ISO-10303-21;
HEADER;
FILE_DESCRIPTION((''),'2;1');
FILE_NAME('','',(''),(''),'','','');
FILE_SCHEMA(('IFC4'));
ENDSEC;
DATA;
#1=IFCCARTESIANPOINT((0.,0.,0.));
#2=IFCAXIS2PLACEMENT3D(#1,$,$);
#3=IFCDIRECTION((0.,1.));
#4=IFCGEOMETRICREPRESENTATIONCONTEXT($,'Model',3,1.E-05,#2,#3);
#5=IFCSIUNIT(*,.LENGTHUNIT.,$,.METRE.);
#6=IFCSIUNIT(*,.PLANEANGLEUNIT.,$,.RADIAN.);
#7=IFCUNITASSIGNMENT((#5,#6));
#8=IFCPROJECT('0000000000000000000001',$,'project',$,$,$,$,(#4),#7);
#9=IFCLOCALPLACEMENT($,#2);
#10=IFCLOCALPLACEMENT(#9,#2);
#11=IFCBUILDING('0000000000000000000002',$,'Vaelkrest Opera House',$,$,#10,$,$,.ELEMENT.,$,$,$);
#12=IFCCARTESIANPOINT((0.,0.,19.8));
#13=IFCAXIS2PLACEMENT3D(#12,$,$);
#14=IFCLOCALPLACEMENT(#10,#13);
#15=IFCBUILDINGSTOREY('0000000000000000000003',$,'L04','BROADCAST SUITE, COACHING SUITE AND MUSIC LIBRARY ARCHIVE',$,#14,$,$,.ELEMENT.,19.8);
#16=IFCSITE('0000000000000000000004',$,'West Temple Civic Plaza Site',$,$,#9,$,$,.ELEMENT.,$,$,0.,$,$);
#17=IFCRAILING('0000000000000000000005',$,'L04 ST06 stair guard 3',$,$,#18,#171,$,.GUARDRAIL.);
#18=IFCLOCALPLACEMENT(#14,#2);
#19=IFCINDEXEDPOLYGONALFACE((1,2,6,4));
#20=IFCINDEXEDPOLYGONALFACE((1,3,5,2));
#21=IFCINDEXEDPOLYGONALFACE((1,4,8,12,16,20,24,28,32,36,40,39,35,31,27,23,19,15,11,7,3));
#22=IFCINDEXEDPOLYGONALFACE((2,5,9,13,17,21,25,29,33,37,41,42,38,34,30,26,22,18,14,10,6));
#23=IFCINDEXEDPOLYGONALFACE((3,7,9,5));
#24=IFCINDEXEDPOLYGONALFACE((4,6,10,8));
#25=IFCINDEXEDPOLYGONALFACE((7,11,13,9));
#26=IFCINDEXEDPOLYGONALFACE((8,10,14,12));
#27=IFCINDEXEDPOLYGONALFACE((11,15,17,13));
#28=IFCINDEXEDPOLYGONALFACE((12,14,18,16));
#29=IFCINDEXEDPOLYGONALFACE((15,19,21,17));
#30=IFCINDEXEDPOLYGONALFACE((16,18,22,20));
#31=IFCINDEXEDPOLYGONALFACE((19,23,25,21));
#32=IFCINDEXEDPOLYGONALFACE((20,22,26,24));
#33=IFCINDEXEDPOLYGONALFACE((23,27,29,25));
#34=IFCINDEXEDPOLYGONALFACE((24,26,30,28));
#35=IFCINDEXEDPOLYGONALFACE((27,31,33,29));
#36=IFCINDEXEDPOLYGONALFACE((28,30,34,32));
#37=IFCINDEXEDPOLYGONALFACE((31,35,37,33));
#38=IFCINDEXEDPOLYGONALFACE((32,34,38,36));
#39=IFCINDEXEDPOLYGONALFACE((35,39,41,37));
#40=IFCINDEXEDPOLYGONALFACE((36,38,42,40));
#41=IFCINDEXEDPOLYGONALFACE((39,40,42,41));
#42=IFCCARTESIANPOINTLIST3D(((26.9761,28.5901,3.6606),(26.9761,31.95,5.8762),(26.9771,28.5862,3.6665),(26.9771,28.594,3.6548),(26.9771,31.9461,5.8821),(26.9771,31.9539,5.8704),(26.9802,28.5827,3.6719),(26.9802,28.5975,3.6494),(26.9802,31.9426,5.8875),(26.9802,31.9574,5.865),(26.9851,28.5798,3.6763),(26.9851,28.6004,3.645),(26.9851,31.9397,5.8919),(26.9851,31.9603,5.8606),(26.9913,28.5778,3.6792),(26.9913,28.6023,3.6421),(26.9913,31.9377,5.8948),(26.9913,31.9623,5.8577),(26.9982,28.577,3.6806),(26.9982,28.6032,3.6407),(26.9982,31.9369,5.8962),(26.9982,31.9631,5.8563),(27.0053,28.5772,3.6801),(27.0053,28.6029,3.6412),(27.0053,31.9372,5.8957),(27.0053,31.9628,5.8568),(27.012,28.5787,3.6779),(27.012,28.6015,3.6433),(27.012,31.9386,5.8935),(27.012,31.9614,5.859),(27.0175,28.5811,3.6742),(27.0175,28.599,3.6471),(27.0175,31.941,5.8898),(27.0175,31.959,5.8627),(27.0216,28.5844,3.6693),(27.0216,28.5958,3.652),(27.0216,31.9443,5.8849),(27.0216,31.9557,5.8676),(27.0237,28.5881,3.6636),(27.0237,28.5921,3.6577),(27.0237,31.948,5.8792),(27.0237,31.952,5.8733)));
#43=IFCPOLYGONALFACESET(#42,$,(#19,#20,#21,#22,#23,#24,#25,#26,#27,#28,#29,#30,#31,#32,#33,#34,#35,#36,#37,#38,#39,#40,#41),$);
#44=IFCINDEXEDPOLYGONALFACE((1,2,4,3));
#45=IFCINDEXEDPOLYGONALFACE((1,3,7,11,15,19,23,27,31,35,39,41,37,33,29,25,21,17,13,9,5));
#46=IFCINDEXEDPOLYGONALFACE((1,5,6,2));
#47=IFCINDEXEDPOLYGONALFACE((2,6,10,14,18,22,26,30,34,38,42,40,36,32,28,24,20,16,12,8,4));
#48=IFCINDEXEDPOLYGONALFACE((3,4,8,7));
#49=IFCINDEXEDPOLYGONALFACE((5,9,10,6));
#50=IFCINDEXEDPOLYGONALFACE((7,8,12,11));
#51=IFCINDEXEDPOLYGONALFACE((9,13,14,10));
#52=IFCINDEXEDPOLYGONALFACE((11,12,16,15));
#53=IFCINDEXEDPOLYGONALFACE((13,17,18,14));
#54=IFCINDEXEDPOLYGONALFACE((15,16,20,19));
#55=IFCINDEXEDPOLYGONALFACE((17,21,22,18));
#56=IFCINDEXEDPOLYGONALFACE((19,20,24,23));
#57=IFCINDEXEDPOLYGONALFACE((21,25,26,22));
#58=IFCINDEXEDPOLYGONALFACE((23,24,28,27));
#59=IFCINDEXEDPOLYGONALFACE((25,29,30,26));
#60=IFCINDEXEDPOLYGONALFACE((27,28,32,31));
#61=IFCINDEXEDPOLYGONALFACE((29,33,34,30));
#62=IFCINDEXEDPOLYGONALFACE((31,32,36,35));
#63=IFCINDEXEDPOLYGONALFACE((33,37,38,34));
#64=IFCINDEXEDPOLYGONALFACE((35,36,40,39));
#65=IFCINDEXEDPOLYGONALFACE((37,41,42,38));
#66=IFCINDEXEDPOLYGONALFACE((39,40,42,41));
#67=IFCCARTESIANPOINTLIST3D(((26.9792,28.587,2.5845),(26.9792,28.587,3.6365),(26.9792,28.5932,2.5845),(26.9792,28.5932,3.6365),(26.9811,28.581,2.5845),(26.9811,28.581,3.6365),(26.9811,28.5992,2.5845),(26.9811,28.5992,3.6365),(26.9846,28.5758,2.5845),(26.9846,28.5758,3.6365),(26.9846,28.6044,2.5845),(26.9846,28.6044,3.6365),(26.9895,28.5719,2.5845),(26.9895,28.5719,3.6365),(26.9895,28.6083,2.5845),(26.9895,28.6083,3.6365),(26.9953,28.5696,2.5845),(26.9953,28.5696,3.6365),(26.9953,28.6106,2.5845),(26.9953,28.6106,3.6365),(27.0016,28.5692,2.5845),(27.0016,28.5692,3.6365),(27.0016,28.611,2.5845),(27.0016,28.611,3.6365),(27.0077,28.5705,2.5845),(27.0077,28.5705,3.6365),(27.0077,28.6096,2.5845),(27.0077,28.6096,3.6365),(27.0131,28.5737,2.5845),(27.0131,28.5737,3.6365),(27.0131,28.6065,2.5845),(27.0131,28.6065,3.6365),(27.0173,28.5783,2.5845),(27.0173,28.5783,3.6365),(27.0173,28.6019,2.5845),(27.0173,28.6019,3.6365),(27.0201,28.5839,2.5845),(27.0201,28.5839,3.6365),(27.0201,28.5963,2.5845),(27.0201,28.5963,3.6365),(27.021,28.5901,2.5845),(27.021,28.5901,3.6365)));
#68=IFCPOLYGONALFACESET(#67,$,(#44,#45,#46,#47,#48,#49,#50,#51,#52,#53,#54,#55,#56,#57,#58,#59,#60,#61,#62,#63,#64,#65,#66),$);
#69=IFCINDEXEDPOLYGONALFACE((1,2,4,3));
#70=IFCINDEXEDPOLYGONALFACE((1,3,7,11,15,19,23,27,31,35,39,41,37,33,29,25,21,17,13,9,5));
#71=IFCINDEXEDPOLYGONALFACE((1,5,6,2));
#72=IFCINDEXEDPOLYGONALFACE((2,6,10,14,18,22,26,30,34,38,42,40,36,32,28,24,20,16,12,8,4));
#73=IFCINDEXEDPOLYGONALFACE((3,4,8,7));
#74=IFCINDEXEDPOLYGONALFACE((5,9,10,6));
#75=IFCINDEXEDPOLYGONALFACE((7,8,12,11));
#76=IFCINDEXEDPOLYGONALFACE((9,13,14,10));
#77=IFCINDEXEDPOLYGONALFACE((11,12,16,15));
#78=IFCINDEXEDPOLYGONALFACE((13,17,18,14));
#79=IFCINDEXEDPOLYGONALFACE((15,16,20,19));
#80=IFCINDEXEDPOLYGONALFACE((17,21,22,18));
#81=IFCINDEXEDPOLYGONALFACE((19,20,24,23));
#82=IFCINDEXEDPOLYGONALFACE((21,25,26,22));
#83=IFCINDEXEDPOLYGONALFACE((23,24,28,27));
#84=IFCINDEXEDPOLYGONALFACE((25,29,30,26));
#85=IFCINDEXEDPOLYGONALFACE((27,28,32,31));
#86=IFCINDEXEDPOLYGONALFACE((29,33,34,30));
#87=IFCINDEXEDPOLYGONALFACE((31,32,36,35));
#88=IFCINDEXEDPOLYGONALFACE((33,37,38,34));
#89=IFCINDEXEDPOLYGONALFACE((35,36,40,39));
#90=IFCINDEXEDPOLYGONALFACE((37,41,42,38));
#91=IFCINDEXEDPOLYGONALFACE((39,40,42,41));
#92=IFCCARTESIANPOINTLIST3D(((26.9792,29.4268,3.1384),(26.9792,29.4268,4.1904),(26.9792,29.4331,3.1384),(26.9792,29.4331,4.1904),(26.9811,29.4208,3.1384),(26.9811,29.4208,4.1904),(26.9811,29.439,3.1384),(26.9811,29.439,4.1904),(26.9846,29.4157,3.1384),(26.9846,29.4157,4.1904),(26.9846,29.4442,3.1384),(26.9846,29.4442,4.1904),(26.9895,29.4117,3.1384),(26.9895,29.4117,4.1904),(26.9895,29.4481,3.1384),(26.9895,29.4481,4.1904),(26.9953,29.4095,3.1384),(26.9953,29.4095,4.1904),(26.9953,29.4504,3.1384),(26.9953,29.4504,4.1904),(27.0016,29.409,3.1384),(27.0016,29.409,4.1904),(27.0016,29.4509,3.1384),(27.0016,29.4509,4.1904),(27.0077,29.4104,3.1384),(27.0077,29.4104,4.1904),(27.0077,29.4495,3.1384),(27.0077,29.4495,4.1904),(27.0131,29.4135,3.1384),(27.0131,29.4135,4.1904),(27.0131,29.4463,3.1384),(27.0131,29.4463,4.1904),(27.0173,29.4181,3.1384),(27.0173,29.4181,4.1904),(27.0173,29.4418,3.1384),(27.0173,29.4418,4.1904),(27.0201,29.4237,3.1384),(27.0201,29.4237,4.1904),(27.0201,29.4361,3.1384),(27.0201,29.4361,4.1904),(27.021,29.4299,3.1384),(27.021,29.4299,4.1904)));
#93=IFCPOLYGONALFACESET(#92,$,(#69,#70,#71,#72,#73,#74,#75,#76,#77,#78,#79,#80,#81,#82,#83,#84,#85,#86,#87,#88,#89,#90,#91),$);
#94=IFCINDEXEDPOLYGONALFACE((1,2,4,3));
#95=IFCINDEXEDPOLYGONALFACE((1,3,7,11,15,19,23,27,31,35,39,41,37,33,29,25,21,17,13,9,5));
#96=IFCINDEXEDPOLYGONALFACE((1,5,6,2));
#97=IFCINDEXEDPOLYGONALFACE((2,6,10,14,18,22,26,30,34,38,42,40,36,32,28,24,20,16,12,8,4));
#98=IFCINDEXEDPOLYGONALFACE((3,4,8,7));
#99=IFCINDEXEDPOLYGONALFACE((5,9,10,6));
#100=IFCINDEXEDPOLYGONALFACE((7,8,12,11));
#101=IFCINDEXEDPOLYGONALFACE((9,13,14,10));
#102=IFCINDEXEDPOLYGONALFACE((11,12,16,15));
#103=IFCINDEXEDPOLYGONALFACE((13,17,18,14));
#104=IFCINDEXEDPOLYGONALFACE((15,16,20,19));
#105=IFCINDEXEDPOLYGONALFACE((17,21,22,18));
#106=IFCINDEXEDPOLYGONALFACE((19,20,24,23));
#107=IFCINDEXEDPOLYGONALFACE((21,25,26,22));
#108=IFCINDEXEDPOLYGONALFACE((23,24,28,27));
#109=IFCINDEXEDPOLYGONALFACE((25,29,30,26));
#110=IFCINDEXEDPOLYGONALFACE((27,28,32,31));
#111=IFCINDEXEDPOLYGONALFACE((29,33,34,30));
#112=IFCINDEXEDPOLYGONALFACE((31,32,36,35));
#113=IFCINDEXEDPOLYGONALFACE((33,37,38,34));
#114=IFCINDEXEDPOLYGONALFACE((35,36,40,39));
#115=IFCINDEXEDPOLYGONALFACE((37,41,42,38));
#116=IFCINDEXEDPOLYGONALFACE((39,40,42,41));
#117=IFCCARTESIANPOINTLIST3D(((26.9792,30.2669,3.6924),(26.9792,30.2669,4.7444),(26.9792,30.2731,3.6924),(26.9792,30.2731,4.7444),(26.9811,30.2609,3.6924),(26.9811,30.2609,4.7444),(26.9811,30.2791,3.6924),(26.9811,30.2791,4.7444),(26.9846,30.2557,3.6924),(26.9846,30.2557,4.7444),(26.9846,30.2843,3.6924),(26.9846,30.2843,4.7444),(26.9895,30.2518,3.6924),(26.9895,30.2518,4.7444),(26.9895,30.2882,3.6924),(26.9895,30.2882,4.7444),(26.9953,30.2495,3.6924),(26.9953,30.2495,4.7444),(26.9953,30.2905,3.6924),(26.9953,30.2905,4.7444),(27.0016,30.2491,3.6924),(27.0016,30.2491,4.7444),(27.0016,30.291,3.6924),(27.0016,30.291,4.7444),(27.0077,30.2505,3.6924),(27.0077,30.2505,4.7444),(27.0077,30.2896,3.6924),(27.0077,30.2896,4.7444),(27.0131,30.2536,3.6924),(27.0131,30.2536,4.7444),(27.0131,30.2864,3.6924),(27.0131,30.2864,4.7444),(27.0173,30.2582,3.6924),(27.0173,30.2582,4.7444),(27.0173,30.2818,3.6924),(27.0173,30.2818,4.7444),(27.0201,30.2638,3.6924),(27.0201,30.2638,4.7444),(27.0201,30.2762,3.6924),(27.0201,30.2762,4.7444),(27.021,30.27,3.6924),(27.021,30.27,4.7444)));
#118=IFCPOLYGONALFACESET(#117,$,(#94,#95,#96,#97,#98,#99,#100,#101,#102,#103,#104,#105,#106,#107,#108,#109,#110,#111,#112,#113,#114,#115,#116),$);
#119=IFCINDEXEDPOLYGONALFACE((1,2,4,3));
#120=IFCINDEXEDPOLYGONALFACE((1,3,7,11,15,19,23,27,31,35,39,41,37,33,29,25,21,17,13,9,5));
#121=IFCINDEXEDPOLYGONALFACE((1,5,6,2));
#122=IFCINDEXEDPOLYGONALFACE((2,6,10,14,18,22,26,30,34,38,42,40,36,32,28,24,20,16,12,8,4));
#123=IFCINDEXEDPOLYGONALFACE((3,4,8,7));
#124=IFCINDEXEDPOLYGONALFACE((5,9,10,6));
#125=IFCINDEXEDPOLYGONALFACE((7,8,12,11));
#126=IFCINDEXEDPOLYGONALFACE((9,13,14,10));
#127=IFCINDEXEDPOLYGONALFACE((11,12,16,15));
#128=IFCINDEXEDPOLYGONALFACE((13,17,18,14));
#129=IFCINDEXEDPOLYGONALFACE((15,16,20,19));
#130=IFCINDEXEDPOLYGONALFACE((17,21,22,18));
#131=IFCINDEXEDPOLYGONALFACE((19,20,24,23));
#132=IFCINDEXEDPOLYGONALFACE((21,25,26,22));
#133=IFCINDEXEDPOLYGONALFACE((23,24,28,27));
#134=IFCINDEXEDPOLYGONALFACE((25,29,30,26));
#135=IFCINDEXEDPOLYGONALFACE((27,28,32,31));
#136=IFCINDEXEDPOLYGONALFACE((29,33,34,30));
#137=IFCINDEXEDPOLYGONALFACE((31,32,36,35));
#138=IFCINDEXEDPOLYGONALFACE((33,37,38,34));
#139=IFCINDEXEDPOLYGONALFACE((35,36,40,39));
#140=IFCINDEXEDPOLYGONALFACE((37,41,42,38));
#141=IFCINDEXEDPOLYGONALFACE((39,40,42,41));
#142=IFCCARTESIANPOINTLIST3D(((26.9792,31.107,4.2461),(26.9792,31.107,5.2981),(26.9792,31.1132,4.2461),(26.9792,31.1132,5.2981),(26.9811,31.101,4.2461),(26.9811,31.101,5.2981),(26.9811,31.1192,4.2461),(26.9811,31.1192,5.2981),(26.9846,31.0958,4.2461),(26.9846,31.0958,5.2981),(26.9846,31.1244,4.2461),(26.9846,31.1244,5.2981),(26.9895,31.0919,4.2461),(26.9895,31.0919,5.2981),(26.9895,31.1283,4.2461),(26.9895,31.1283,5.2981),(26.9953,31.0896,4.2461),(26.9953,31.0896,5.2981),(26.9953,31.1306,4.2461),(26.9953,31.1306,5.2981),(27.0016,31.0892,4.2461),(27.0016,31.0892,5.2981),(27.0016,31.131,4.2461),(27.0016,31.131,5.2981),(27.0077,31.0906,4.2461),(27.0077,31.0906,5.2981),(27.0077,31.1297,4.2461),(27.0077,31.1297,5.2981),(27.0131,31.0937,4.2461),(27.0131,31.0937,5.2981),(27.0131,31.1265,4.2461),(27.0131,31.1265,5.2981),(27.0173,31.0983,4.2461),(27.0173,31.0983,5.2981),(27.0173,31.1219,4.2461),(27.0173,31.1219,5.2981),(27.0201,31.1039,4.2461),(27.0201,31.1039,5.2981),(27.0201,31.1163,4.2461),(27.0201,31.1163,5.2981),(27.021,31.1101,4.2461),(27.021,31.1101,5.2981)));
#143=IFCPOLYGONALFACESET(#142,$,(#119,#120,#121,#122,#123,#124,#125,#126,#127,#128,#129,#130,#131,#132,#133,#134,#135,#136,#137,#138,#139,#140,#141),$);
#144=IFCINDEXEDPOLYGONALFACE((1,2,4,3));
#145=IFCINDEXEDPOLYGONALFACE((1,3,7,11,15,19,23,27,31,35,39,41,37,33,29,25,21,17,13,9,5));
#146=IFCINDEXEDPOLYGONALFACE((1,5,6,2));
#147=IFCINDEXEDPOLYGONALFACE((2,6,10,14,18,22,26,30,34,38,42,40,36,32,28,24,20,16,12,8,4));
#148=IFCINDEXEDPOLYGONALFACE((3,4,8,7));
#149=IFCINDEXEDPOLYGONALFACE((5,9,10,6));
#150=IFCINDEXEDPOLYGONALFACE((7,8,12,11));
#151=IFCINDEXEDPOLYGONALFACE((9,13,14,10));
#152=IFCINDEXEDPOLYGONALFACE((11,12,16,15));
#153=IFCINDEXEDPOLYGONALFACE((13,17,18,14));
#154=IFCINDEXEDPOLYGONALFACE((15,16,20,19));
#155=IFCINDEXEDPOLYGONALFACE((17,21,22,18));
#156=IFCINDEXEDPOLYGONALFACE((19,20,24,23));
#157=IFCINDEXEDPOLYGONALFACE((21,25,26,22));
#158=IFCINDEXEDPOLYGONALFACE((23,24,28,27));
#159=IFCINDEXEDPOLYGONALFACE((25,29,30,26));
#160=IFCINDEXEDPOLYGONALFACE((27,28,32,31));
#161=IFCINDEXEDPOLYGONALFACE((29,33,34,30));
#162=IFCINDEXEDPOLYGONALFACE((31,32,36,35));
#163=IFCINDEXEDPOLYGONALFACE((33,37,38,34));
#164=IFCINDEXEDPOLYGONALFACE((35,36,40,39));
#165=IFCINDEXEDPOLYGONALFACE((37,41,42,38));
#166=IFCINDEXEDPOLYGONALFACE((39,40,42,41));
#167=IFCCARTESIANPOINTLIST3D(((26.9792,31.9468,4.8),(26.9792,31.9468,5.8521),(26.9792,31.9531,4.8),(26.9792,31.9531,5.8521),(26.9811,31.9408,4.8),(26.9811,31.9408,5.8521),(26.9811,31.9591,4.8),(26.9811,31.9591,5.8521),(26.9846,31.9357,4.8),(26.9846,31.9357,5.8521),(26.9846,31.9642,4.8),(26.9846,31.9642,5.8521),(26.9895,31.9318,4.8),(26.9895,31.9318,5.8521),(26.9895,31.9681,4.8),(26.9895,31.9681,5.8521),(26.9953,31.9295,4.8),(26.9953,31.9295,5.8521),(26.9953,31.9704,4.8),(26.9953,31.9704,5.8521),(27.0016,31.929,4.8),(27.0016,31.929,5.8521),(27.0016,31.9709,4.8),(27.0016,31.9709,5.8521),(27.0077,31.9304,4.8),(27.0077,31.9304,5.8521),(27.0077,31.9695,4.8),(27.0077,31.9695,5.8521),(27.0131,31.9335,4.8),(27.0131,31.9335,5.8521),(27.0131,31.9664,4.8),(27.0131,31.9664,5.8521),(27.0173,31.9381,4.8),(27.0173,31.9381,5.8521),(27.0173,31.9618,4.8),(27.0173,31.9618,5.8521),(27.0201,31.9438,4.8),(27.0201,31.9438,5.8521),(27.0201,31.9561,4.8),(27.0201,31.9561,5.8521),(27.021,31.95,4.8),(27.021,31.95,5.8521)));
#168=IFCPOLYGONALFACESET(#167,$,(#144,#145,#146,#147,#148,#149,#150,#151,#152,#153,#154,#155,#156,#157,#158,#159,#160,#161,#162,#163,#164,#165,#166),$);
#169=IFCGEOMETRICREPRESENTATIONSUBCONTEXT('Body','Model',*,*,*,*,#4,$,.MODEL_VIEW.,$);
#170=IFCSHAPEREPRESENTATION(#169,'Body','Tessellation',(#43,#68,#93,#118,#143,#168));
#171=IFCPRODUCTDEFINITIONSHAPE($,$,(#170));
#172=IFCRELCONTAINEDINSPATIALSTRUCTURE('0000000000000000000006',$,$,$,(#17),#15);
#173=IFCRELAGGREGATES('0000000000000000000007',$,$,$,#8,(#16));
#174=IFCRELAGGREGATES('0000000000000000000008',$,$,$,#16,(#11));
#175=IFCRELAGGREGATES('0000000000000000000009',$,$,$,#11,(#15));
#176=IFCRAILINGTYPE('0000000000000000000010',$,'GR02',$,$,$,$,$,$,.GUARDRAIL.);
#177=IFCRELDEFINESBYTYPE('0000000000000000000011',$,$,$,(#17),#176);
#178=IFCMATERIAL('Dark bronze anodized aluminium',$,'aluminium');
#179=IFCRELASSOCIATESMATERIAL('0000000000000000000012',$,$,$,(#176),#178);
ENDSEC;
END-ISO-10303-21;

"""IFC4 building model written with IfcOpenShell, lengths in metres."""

from ifc_helpers import new_model, si_unit, direction, frame, origin, origin_2d, place, context, subcontext, project, spatial, circle, extrude, material, type_object, element, save


model = new_model("IFC4")

# Units and contexts
model_context = context("Model", 3, precision=1e-05, world=origin(), true_north=direction((0.0, 1.0)))
body_context = subcontext(model_context, "Body", "Model", "MODEL_VIEW")
ifc_project = project(units=[si_unit("LENGTHUNIT", "METRE"), si_unit("PLANEANGLEUNIT", "RADIAN")], contexts=[model_context])

# Site, building, storey
site_placement = place(None, origin())
site = spatial("IfcSite", under=ifc_project, at=site_placement, Name="West Temple Civic Plaza Site", CompositionType="ELEMENT", RefElevation=0.0)
building_placement = place(site_placement, origin())
building = spatial("IfcBuilding", under=site, at=building_placement, Name="Vaelkrest Opera House", CompositionType="ELEMENT")
storey_placement = place(building_placement, frame((0.0, 0.0, 19.8)))
storey = spatial("IfcBuildingStorey", under=building, at=storey_placement, Name="L04", Description="BROADCAST SUITE, COACHING SUITE AND MUSIC LIBRARY ARCHIVE", CompositionType="ELEMENT", Elevation=19.8)

# Railing
ifc_material_1 = material(Name="Dark bronze anodized aluminium", Category="aluminium")
railing_type_1 = type_object("IfcRailingType", Name="GR02", PredefinedType="GUARDRAIL", material=ifc_material_1)
railing_1_placement = place(storey_placement, frame((27.0, 28.5901, 2.5845)))
element("IfcRailing", 1, at=railing_1_placement, inside=storey, type_object=railing_type_1, Name="L04 ST06 stair guard 3", PredefinedType="GUARDRAIL", context=body_context, shape_type="SweptSolid", body=[
    extrude(circle(Radius=0.0239, at=origin_2d()), frame((0.0, 0.0, 1.0762), z_axis=(0.0, 0.83483, 0.550508), x_axis=(-1.0, 0.0, 0.0)), (0.0, 0.0, 1.0), 4.0247),
    extrude(circle(Radius=0.021, at=origin_2d()), origin(), (0.0, 0.0, 1.0), 1.052),
    extrude(circle(Radius=0.021, at=origin_2d()), frame((0.0, 0.8398, 0.554)), (0.0, 0.0, 1.0), 1.052),
    extrude(circle(Radius=0.021, at=origin_2d()), frame((0.0, 1.6799, 1.1079)), (0.0, 0.0, 1.0), 1.052),
    extrude(circle(Radius=0.021, at=origin_2d()), frame((0.0, 2.52, 1.6616)), (0.0, 0.0, 1.0), 1.052),
    extrude(circle(Radius=0.021, at=origin_2d()), frame((0.0, 3.3599, 2.2156)), (0.0, 0.0, 1.0), 1.052),
])

save(model, "model.ifc")
